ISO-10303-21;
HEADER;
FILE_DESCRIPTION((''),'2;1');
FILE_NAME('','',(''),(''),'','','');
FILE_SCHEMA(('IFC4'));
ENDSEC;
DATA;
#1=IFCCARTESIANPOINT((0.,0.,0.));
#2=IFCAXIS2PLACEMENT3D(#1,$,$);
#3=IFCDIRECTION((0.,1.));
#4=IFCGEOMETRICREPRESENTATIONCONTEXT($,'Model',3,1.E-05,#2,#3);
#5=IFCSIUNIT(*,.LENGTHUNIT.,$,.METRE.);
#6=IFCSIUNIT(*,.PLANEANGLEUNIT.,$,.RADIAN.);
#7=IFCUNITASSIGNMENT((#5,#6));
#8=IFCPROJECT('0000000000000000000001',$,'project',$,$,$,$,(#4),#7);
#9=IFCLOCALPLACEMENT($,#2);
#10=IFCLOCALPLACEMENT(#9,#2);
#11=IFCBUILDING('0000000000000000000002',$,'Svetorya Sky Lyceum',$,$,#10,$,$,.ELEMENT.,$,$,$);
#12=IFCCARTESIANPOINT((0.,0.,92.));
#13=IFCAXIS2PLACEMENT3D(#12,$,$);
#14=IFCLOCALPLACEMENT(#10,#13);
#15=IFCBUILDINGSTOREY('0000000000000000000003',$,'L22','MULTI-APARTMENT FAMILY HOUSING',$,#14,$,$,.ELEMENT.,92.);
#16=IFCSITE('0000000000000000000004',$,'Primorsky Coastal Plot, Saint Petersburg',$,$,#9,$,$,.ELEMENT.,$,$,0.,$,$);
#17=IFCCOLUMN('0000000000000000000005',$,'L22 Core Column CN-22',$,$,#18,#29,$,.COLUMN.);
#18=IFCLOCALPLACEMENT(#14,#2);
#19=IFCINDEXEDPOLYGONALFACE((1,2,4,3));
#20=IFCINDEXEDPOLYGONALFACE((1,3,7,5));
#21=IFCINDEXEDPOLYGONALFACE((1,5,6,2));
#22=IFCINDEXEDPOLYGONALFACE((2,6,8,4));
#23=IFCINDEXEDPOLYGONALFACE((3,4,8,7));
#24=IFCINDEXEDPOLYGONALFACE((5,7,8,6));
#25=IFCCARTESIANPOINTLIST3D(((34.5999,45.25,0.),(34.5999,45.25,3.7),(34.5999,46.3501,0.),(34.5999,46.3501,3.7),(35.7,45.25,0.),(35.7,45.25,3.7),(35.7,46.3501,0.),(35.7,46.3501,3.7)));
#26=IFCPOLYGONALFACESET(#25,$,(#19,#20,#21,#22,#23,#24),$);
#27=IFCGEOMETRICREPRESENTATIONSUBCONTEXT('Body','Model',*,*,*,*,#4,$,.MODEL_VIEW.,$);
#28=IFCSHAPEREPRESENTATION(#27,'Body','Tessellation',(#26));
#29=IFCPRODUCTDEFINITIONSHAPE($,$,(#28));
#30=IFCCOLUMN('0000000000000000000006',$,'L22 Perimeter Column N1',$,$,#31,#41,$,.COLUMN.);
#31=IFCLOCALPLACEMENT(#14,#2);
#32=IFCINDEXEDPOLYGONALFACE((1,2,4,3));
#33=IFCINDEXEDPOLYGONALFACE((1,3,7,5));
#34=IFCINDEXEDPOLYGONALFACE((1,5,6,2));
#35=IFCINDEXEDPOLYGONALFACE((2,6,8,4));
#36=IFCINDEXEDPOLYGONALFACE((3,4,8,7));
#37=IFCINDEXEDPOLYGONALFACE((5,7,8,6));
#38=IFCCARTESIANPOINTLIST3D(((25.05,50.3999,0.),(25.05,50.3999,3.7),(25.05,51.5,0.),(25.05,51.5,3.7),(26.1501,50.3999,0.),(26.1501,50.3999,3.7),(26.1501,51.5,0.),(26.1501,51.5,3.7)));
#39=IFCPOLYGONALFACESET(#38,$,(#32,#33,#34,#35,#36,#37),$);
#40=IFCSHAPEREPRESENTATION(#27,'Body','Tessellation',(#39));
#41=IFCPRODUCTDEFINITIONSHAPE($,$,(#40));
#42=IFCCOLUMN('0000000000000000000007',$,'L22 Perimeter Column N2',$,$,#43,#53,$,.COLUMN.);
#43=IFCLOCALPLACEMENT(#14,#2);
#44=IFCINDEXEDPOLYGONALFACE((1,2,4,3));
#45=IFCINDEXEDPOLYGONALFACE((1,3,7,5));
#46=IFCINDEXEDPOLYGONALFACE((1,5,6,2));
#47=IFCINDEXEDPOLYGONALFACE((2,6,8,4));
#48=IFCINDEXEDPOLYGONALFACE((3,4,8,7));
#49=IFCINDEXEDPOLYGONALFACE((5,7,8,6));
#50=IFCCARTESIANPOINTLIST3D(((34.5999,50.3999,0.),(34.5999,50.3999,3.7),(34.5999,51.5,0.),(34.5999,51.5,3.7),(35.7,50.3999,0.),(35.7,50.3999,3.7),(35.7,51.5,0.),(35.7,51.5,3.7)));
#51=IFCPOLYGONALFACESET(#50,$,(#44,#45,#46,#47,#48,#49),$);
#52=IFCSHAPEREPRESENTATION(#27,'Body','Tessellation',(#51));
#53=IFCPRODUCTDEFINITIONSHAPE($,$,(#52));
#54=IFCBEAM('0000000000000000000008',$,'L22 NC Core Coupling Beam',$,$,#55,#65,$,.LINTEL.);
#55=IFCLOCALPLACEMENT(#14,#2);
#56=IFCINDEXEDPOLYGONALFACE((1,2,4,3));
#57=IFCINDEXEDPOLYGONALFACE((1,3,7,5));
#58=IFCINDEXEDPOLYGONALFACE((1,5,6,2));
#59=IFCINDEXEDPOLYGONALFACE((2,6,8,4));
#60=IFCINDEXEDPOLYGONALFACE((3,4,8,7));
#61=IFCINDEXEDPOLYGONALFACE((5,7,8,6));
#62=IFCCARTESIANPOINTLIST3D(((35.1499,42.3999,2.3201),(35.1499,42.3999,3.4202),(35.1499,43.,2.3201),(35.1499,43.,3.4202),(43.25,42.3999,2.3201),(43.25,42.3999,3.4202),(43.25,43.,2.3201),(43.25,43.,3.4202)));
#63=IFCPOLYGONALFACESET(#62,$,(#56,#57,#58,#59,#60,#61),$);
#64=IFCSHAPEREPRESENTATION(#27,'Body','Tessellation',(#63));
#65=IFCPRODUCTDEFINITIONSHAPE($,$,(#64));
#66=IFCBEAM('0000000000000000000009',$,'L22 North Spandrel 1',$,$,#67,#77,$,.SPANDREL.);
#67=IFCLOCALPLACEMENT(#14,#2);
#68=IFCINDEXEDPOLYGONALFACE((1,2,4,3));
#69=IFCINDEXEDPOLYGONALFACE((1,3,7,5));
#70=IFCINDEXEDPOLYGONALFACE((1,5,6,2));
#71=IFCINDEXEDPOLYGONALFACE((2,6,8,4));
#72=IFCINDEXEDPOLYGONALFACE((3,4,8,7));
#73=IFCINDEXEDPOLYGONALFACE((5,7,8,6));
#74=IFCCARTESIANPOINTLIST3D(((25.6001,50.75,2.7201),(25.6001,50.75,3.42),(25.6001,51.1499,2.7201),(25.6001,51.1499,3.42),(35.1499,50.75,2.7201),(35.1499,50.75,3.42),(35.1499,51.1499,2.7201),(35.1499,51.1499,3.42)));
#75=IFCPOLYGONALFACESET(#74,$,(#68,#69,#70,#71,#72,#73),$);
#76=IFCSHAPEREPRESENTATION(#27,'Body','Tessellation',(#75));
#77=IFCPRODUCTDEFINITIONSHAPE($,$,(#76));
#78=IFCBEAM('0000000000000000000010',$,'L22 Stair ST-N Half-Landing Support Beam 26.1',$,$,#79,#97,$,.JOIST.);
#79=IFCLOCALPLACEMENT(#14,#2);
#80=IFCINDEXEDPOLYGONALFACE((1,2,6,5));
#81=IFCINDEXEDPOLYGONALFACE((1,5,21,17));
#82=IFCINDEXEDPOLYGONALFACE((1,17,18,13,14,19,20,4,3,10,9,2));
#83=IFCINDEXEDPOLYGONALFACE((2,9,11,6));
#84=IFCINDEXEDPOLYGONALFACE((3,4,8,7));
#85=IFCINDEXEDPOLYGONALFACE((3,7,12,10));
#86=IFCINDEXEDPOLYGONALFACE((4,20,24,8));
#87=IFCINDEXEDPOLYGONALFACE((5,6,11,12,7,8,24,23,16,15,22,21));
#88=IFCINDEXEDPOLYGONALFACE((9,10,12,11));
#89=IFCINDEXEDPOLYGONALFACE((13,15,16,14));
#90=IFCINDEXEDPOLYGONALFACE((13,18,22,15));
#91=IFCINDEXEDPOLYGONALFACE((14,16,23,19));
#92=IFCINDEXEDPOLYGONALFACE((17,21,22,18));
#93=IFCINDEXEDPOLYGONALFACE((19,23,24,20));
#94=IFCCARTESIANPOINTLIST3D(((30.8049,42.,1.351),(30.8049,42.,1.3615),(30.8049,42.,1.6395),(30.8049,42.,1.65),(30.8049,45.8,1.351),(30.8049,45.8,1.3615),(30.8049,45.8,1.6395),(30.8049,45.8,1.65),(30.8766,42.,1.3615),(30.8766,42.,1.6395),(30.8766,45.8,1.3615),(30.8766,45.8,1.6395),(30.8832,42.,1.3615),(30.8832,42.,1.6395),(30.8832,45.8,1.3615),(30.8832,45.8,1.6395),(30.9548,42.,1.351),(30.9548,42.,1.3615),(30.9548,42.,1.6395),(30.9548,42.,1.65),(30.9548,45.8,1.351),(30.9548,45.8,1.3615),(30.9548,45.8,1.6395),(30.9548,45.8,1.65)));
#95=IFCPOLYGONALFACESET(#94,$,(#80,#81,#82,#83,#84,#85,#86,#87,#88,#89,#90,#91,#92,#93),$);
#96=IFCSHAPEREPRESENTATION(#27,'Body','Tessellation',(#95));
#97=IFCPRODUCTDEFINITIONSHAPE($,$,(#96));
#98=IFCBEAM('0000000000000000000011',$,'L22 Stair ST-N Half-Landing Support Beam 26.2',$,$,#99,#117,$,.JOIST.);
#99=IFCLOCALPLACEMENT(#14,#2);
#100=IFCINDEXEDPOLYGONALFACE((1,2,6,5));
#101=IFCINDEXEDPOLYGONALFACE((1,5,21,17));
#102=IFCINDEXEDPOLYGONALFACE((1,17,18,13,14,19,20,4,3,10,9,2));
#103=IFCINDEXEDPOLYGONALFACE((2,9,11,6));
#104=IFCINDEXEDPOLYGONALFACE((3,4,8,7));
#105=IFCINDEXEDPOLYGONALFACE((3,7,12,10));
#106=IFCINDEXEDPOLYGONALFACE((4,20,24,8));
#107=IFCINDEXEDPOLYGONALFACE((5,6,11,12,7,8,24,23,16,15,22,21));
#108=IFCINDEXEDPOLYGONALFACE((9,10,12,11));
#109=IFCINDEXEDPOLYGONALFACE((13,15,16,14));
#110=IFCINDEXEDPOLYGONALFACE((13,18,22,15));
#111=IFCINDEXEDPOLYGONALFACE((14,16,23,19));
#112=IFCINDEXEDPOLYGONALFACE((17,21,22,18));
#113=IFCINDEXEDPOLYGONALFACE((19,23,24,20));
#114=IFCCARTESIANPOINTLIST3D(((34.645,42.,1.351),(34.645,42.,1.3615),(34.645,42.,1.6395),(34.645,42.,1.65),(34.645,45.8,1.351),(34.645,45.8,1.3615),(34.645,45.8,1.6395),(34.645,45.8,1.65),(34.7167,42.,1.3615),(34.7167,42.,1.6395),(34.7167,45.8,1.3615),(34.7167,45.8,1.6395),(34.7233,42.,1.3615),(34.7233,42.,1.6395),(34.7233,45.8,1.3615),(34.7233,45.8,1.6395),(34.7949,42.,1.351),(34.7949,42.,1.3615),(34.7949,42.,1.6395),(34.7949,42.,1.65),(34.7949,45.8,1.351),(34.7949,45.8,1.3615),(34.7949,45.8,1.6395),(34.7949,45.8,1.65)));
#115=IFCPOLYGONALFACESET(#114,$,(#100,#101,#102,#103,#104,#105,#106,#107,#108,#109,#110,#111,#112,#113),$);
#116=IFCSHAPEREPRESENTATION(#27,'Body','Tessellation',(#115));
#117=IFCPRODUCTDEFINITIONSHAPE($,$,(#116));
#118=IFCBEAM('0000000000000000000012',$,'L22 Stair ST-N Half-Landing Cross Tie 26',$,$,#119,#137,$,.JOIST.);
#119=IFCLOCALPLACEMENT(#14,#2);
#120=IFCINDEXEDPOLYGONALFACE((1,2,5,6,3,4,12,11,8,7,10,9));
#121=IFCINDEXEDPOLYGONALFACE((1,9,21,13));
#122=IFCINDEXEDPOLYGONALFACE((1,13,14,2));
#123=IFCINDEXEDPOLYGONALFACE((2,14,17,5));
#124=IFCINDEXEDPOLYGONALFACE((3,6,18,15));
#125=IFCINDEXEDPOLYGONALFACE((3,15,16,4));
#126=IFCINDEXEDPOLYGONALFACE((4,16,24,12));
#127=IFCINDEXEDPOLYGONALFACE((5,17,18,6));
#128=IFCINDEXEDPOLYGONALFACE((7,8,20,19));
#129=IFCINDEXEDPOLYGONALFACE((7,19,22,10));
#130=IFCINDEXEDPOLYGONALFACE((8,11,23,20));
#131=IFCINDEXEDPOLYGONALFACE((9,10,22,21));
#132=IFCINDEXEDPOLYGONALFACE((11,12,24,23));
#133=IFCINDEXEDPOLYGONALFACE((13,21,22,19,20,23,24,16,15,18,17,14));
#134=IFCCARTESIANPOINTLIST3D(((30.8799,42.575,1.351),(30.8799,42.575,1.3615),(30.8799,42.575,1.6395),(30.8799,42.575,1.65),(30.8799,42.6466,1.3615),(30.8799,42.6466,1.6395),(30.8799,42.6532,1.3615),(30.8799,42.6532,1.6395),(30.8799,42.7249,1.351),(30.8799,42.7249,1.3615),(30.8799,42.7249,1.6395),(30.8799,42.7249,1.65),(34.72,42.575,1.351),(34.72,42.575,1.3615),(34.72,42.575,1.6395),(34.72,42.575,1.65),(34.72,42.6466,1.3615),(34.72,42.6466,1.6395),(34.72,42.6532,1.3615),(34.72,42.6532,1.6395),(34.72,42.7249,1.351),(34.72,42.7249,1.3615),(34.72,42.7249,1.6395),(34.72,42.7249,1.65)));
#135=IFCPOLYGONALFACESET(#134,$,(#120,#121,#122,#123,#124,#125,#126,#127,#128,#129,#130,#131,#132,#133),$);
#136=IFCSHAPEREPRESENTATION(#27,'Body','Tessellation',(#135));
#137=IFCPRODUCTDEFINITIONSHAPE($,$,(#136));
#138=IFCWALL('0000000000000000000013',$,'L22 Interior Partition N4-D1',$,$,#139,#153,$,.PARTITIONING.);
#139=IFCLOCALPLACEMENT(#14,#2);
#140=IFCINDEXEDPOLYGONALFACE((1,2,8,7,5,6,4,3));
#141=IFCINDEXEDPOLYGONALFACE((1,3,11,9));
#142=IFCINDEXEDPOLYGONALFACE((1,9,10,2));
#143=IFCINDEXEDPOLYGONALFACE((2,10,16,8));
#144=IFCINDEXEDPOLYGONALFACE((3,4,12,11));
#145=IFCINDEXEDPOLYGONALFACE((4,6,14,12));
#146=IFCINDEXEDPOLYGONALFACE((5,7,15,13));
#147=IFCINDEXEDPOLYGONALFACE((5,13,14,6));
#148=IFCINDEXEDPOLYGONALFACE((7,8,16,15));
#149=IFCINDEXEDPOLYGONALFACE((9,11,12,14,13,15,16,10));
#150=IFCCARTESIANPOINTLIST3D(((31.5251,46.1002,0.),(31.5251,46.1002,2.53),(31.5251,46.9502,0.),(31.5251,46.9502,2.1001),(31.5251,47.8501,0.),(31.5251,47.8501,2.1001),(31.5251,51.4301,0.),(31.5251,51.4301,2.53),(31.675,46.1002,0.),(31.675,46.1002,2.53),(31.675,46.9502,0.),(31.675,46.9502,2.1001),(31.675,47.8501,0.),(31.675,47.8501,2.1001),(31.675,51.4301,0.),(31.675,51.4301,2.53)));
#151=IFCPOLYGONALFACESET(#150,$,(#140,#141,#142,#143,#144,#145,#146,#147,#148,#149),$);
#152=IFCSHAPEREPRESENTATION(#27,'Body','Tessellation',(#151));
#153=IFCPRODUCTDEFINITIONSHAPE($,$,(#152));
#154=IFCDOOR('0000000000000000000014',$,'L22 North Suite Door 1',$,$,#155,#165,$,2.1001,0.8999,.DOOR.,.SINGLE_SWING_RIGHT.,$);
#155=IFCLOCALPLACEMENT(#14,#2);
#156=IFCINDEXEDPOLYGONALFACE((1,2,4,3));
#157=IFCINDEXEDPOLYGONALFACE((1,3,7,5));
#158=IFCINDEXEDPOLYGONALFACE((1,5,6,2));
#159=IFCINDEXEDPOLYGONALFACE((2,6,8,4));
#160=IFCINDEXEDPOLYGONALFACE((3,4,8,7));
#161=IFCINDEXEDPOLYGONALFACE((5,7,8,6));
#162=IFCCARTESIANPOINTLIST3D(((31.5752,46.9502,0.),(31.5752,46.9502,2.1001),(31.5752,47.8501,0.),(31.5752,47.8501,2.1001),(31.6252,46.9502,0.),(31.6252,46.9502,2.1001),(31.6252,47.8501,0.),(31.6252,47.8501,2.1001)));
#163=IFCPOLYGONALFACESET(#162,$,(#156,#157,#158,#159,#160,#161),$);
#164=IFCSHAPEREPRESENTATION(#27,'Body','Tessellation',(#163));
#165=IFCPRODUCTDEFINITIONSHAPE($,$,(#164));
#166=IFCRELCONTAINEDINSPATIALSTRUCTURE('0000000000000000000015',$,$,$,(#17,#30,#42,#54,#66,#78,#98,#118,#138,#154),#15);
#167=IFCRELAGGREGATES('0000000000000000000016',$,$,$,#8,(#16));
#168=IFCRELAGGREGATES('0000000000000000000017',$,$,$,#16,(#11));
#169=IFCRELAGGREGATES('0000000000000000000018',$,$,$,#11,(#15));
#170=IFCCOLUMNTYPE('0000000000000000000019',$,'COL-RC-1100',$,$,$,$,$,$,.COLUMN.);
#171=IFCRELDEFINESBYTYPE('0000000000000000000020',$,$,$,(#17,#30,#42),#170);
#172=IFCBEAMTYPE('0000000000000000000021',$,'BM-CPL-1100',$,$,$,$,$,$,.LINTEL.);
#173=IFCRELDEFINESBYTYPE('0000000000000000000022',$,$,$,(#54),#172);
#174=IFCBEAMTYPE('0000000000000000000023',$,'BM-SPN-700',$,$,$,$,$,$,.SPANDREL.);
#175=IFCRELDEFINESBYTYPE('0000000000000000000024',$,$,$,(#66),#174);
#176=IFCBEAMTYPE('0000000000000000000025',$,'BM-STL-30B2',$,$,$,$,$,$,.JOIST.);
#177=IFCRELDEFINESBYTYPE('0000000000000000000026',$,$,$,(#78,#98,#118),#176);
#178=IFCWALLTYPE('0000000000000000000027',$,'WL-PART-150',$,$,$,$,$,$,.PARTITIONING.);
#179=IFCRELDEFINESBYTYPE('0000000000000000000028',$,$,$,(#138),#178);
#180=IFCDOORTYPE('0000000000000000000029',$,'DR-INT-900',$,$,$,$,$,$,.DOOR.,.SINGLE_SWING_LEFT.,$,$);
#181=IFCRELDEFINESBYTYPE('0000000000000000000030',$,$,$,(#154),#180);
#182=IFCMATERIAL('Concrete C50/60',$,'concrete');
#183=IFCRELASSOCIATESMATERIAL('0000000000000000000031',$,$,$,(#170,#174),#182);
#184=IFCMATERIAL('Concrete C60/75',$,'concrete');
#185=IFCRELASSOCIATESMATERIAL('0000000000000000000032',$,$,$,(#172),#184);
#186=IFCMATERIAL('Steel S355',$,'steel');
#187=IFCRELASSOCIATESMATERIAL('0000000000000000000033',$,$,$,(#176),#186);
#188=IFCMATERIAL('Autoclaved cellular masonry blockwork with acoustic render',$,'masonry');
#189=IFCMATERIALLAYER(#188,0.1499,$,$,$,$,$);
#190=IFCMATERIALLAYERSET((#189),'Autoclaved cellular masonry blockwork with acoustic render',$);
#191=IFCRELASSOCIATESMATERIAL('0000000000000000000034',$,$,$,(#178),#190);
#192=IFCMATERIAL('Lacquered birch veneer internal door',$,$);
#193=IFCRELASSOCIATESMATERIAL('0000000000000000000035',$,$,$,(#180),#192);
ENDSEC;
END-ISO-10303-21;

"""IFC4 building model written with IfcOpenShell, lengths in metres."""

from ifc_helpers import new_model, si_unit, direction, frame, frame_2d, origin, origin_2d, place, context, subcontext, project, spatial, rectangle, i_section, extrude, material, layer, layer_set, material_profile, profile_set, type_object, element, fill, save


model = new_model("IFC4")

# Units and contexts
model_context = context("Model", 3, precision=1e-05, world=origin(), true_north=direction((0.0, 1.0)))
body_context = subcontext(model_context, "Body", "Model", "MODEL_VIEW")
ifc_project = project(units=[si_unit("LENGTHUNIT", "METRE"), si_unit("PLANEANGLEUNIT", "RADIAN")], contexts=[model_context])

# Site, building, storey
site_placement = place(None, origin())
site = spatial("IfcSite", under=ifc_project, at=site_placement, Name="Primorsky Coastal Plot, Saint Petersburg", CompositionType="ELEMENT", RefElevation=0.0)
building_placement = place(site_placement, origin())
building = spatial("IfcBuilding", under=site, at=building_placement, Name="Svetorya Sky Lyceum", CompositionType="ELEMENT")
storey_placement = place(building_placement, frame((0.0, 0.0, 92.0)))
storey = spatial("IfcBuildingStorey", under=building, at=storey_placement, Name="L22", Description="MULTI-APARTMENT FAMILY HOUSING", CompositionType="ELEMENT", Elevation=92.0)

# Columns
ifc_material_1 = material(Name="Concrete C50/60", Category="concrete")
ifc_material_profile_1 = material_profile(ifc_material_1, rectangle(XDim=1.1001, YDim=1.1001, at=origin_2d()), Name="RC COL 1100x1100")
ifc_profile_set_1 = profile_set([ifc_material_profile_1], Name="Concrete C50/60")
column_type = type_object("IfcColumnType", Name="COL-RC-1100", PredefinedType="COLUMN", material=ifc_profile_set_1)
for number, where, z_axis, x_axis, name in (
    (1, (35.1499, 45.8, 0.0), (0.0, 0.0, 1.0), (1.0, 0.0, 0.0), "L22 Core Column CN-22"),
    (2, (25.6001, 50.95, 0.0), (0.0, 0.0, 1.0), (1.0, 0.0, 0.0), "L22 Perimeter Column N1"),
    (3, (35.1499, 50.95, 0.0), (0.0, 0.0, 1.0), (1.0, 0.0, 0.0), "L22 Perimeter Column N2"),
):
    element("IfcColumn", number, at=place(storey_placement, frame(where, z_axis=z_axis, x_axis=x_axis)), inside=storey, type_object=column_type, Name=name, PredefinedType="COLUMN", context=body_context, shape_type="SweptSolid", body=[
        extrude(rectangle(XDim=1.1001, YDim=1.1001, at=origin_2d()), origin(), (0.0, 0.0, 1.0), 3.7),
    ])

# Beams
ifc_material_2 = material(Name="Concrete C60/75", Category="concrete")
ifc_material_profile_2 = material_profile(ifc_material_2, rectangle(XDim=0.6001, YDim=1.1001, at=origin_2d()), Name="RC COUPLING 600x1100")
ifc_profile_set_2 = profile_set([ifc_material_profile_2], Name="Concrete C60/75")
beam_type_1 = type_object("IfcBeamType", Name="BM-CPL-1100", PredefinedType="LINTEL", material=ifc_profile_set_2)
beam_1_placement = place(storey_placement, frame((35.1499, 42.7, 2.8701), z_axis=(1.0, 0.0, 0.0), x_axis=(0.0, 1.0, 0.0)))
element("IfcBeam", 4, at=beam_1_placement, inside=storey, type_object=beam_type_1, Name="L22 NC Core Coupling Beam", PredefinedType="LINTEL", context=body_context, shape_type="SweptSolid", body=[
    extrude(rectangle(XDim=0.6001, YDim=1.1001, at=origin_2d()), origin(), (0.0, 0.0, 1.0), 8.1001),
])
ifc_material_profile_3 = material_profile(ifc_material_1, rectangle(XDim=0.3999, YDim=0.7, at=origin_2d()), Name="RC SPANDREL 400x700")
ifc_profile_set_3 = profile_set([ifc_material_profile_3], Name="Concrete C50/60")
beam_type_2 = type_object("IfcBeamType", Name="BM-SPN-700", PredefinedType="SPANDREL", material=ifc_profile_set_3)
beam_2_placement = place(storey_placement, frame((25.6001, 50.95, 3.0701), z_axis=(1.0, 0.0, 0.0), x_axis=(0.0, 1.0, 0.0)))
element("IfcBeam", 5, at=beam_2_placement, inside=storey, type_object=beam_type_2, Name="L22 North Spandrel 1", PredefinedType="SPANDREL", context=body_context, shape_type="SweptSolid", body=[
    extrude(rectangle(XDim=0.3999, YDim=0.7, at=origin_2d()), origin(), (0.0, 0.0, 1.0), 9.5498),
])
ifc_material_3 = material(Name="Steel S355", Category="steel")
ifc_material_profile_4 = material_profile(ifc_material_3, i_section(OverallWidth=0.1499, OverallDepth=0.2991, WebThickness=0.0066, FlangeThickness=0.0105, at=origin_2d()), Name="GOST 30B2")
ifc_profile_set_4 = profile_set([ifc_material_profile_4], Name="Steel S355")
beam_type_3 = type_object("IfcBeamType", Name="BM-STL-30B2", PredefinedType="JOIST", material=ifc_profile_set_4)
for number, where, z_axis, x_axis, name in (
    (6, (30.8799, 42.0, 1.5005), (0.0, 1.0, 0.0), (-1.0, 0.0, 0.0), "L22 Stair ST-N Half-Landing Support Beam 26.1"),
    (7, (34.72, 42.0, 1.5005), (0.0, 1.0, 0.0), (-1.0, 0.0, 0.0), "L22 Stair ST-N Half-Landing Support Beam 26.2"),
):
    element("IfcBeam", number, at=place(storey_placement, frame(where, z_axis=z_axis, x_axis=x_axis)), inside=storey, type_object=beam_type_3, Name=name, PredefinedType="JOIST", context=body_context, shape_type="SweptSolid", body=[
        extrude(i_section(OverallWidth=0.1499, OverallDepth=0.2991, WebThickness=0.0066, FlangeThickness=0.0105, at=origin_2d()), origin(), (0.0, 0.0, 1.0), 3.8),
    ])
beam_3_placement = place(storey_placement, frame((30.8799, 42.6499, 1.5005), z_axis=(1.0, 0.0, 0.0), x_axis=(0.0, 1.0, 0.0)))
element("IfcBeam", 8, at=beam_3_placement, inside=storey, type_object=beam_type_3, Name="L22 Stair ST-N Half-Landing Cross Tie 26", PredefinedType="JOIST", context=body_context, shape_type="SweptSolid", body=[
    extrude(i_section(OverallWidth=0.1499, OverallDepth=0.2991, WebThickness=0.0066, FlangeThickness=0.0105, at=origin_2d()), origin(), (0.0, 0.0, 1.0), 3.8401),
])

# Wall, opening, door
ifc_material_4 = material(Name="Autoclaved cellular masonry blockwork with acoustic render", Category="masonry")
ifc_layer = layer(ifc_material_4, 0.1499)
ifc_layer_set = layer_set([ifc_layer], Name="Autoclaved cellular masonry blockwork with acoustic render")
wall_type = type_object("IfcWallType", Name="WL-PART-150", PredefinedType="PARTITIONING", material=ifc_layer_set)
wall_placement = place(storey_placement, frame((31.6001, 46.1001, 0.0), z_axis=(0.0, 0.0, 1.0), x_axis=(0.0, 1.0, 0.0)))
wall = element("IfcWall", 9, at=wall_placement, inside=storey, type_object=wall_type, Name="L22 Interior Partition N4-D1", PredefinedType="PARTITIONING", context=body_context, shape_type="SweptSolid", body=[
    extrude(rectangle(XDim=5.3298, YDim=0.1499, at=frame_2d((2.665, 0.0))), origin(), (0.0, 0.0, 1.0), 2.53),
])
opening_placement = place(wall_placement, frame((0.8501, 0.0, 0.0)))
opening = element("IfcOpeningElement", 10, at=opening_placement, cuts=wall, PredefinedType="OPENING", context=body_context, shape_type="SweptSolid", body=[
    extrude(rectangle(XDim=0.8999, YDim=2.1001, at=frame_2d((0.45, 1.05))), frame((0.0, 0.085, 0.0), z_axis=(0.0, -1.0, 0.0), x_axis=(1.0, 0.0, 0.0)), (0.0, 0.0, 1.0), 0.1699),
])
ifc_material_5 = material(Name="Lacquered birch veneer internal door")
door_type = type_object("IfcDoorType", Name="DR-INT-900", OperationType="SINGLE_SWING_LEFT", PredefinedType="DOOR", material=ifc_material_5)
door_placement = place(opening_placement, origin())
door = element("IfcDoor", 11, at=door_placement, inside=storey, type_object=door_type, Name="L22 North Suite Door 1", OperationType="SINGLE_SWING_RIGHT", OverallHeight=2.1001, OverallWidth=0.8999, PredefinedType="DOOR", context=body_context, shape_type="SweptSolid", body=[
    extrude(rectangle(XDim=0.8999, YDim=2.1001, at=frame_2d((0.45, 1.05))), frame((0.0, 0.0249, 0.0), z_axis=(0.0, -1.0, 0.0), x_axis=(1.0, 0.0, 0.0)), (0.0, 0.0, 1.0), 0.05),
])
fill(opening, door)

save(model, "model.ifc")
